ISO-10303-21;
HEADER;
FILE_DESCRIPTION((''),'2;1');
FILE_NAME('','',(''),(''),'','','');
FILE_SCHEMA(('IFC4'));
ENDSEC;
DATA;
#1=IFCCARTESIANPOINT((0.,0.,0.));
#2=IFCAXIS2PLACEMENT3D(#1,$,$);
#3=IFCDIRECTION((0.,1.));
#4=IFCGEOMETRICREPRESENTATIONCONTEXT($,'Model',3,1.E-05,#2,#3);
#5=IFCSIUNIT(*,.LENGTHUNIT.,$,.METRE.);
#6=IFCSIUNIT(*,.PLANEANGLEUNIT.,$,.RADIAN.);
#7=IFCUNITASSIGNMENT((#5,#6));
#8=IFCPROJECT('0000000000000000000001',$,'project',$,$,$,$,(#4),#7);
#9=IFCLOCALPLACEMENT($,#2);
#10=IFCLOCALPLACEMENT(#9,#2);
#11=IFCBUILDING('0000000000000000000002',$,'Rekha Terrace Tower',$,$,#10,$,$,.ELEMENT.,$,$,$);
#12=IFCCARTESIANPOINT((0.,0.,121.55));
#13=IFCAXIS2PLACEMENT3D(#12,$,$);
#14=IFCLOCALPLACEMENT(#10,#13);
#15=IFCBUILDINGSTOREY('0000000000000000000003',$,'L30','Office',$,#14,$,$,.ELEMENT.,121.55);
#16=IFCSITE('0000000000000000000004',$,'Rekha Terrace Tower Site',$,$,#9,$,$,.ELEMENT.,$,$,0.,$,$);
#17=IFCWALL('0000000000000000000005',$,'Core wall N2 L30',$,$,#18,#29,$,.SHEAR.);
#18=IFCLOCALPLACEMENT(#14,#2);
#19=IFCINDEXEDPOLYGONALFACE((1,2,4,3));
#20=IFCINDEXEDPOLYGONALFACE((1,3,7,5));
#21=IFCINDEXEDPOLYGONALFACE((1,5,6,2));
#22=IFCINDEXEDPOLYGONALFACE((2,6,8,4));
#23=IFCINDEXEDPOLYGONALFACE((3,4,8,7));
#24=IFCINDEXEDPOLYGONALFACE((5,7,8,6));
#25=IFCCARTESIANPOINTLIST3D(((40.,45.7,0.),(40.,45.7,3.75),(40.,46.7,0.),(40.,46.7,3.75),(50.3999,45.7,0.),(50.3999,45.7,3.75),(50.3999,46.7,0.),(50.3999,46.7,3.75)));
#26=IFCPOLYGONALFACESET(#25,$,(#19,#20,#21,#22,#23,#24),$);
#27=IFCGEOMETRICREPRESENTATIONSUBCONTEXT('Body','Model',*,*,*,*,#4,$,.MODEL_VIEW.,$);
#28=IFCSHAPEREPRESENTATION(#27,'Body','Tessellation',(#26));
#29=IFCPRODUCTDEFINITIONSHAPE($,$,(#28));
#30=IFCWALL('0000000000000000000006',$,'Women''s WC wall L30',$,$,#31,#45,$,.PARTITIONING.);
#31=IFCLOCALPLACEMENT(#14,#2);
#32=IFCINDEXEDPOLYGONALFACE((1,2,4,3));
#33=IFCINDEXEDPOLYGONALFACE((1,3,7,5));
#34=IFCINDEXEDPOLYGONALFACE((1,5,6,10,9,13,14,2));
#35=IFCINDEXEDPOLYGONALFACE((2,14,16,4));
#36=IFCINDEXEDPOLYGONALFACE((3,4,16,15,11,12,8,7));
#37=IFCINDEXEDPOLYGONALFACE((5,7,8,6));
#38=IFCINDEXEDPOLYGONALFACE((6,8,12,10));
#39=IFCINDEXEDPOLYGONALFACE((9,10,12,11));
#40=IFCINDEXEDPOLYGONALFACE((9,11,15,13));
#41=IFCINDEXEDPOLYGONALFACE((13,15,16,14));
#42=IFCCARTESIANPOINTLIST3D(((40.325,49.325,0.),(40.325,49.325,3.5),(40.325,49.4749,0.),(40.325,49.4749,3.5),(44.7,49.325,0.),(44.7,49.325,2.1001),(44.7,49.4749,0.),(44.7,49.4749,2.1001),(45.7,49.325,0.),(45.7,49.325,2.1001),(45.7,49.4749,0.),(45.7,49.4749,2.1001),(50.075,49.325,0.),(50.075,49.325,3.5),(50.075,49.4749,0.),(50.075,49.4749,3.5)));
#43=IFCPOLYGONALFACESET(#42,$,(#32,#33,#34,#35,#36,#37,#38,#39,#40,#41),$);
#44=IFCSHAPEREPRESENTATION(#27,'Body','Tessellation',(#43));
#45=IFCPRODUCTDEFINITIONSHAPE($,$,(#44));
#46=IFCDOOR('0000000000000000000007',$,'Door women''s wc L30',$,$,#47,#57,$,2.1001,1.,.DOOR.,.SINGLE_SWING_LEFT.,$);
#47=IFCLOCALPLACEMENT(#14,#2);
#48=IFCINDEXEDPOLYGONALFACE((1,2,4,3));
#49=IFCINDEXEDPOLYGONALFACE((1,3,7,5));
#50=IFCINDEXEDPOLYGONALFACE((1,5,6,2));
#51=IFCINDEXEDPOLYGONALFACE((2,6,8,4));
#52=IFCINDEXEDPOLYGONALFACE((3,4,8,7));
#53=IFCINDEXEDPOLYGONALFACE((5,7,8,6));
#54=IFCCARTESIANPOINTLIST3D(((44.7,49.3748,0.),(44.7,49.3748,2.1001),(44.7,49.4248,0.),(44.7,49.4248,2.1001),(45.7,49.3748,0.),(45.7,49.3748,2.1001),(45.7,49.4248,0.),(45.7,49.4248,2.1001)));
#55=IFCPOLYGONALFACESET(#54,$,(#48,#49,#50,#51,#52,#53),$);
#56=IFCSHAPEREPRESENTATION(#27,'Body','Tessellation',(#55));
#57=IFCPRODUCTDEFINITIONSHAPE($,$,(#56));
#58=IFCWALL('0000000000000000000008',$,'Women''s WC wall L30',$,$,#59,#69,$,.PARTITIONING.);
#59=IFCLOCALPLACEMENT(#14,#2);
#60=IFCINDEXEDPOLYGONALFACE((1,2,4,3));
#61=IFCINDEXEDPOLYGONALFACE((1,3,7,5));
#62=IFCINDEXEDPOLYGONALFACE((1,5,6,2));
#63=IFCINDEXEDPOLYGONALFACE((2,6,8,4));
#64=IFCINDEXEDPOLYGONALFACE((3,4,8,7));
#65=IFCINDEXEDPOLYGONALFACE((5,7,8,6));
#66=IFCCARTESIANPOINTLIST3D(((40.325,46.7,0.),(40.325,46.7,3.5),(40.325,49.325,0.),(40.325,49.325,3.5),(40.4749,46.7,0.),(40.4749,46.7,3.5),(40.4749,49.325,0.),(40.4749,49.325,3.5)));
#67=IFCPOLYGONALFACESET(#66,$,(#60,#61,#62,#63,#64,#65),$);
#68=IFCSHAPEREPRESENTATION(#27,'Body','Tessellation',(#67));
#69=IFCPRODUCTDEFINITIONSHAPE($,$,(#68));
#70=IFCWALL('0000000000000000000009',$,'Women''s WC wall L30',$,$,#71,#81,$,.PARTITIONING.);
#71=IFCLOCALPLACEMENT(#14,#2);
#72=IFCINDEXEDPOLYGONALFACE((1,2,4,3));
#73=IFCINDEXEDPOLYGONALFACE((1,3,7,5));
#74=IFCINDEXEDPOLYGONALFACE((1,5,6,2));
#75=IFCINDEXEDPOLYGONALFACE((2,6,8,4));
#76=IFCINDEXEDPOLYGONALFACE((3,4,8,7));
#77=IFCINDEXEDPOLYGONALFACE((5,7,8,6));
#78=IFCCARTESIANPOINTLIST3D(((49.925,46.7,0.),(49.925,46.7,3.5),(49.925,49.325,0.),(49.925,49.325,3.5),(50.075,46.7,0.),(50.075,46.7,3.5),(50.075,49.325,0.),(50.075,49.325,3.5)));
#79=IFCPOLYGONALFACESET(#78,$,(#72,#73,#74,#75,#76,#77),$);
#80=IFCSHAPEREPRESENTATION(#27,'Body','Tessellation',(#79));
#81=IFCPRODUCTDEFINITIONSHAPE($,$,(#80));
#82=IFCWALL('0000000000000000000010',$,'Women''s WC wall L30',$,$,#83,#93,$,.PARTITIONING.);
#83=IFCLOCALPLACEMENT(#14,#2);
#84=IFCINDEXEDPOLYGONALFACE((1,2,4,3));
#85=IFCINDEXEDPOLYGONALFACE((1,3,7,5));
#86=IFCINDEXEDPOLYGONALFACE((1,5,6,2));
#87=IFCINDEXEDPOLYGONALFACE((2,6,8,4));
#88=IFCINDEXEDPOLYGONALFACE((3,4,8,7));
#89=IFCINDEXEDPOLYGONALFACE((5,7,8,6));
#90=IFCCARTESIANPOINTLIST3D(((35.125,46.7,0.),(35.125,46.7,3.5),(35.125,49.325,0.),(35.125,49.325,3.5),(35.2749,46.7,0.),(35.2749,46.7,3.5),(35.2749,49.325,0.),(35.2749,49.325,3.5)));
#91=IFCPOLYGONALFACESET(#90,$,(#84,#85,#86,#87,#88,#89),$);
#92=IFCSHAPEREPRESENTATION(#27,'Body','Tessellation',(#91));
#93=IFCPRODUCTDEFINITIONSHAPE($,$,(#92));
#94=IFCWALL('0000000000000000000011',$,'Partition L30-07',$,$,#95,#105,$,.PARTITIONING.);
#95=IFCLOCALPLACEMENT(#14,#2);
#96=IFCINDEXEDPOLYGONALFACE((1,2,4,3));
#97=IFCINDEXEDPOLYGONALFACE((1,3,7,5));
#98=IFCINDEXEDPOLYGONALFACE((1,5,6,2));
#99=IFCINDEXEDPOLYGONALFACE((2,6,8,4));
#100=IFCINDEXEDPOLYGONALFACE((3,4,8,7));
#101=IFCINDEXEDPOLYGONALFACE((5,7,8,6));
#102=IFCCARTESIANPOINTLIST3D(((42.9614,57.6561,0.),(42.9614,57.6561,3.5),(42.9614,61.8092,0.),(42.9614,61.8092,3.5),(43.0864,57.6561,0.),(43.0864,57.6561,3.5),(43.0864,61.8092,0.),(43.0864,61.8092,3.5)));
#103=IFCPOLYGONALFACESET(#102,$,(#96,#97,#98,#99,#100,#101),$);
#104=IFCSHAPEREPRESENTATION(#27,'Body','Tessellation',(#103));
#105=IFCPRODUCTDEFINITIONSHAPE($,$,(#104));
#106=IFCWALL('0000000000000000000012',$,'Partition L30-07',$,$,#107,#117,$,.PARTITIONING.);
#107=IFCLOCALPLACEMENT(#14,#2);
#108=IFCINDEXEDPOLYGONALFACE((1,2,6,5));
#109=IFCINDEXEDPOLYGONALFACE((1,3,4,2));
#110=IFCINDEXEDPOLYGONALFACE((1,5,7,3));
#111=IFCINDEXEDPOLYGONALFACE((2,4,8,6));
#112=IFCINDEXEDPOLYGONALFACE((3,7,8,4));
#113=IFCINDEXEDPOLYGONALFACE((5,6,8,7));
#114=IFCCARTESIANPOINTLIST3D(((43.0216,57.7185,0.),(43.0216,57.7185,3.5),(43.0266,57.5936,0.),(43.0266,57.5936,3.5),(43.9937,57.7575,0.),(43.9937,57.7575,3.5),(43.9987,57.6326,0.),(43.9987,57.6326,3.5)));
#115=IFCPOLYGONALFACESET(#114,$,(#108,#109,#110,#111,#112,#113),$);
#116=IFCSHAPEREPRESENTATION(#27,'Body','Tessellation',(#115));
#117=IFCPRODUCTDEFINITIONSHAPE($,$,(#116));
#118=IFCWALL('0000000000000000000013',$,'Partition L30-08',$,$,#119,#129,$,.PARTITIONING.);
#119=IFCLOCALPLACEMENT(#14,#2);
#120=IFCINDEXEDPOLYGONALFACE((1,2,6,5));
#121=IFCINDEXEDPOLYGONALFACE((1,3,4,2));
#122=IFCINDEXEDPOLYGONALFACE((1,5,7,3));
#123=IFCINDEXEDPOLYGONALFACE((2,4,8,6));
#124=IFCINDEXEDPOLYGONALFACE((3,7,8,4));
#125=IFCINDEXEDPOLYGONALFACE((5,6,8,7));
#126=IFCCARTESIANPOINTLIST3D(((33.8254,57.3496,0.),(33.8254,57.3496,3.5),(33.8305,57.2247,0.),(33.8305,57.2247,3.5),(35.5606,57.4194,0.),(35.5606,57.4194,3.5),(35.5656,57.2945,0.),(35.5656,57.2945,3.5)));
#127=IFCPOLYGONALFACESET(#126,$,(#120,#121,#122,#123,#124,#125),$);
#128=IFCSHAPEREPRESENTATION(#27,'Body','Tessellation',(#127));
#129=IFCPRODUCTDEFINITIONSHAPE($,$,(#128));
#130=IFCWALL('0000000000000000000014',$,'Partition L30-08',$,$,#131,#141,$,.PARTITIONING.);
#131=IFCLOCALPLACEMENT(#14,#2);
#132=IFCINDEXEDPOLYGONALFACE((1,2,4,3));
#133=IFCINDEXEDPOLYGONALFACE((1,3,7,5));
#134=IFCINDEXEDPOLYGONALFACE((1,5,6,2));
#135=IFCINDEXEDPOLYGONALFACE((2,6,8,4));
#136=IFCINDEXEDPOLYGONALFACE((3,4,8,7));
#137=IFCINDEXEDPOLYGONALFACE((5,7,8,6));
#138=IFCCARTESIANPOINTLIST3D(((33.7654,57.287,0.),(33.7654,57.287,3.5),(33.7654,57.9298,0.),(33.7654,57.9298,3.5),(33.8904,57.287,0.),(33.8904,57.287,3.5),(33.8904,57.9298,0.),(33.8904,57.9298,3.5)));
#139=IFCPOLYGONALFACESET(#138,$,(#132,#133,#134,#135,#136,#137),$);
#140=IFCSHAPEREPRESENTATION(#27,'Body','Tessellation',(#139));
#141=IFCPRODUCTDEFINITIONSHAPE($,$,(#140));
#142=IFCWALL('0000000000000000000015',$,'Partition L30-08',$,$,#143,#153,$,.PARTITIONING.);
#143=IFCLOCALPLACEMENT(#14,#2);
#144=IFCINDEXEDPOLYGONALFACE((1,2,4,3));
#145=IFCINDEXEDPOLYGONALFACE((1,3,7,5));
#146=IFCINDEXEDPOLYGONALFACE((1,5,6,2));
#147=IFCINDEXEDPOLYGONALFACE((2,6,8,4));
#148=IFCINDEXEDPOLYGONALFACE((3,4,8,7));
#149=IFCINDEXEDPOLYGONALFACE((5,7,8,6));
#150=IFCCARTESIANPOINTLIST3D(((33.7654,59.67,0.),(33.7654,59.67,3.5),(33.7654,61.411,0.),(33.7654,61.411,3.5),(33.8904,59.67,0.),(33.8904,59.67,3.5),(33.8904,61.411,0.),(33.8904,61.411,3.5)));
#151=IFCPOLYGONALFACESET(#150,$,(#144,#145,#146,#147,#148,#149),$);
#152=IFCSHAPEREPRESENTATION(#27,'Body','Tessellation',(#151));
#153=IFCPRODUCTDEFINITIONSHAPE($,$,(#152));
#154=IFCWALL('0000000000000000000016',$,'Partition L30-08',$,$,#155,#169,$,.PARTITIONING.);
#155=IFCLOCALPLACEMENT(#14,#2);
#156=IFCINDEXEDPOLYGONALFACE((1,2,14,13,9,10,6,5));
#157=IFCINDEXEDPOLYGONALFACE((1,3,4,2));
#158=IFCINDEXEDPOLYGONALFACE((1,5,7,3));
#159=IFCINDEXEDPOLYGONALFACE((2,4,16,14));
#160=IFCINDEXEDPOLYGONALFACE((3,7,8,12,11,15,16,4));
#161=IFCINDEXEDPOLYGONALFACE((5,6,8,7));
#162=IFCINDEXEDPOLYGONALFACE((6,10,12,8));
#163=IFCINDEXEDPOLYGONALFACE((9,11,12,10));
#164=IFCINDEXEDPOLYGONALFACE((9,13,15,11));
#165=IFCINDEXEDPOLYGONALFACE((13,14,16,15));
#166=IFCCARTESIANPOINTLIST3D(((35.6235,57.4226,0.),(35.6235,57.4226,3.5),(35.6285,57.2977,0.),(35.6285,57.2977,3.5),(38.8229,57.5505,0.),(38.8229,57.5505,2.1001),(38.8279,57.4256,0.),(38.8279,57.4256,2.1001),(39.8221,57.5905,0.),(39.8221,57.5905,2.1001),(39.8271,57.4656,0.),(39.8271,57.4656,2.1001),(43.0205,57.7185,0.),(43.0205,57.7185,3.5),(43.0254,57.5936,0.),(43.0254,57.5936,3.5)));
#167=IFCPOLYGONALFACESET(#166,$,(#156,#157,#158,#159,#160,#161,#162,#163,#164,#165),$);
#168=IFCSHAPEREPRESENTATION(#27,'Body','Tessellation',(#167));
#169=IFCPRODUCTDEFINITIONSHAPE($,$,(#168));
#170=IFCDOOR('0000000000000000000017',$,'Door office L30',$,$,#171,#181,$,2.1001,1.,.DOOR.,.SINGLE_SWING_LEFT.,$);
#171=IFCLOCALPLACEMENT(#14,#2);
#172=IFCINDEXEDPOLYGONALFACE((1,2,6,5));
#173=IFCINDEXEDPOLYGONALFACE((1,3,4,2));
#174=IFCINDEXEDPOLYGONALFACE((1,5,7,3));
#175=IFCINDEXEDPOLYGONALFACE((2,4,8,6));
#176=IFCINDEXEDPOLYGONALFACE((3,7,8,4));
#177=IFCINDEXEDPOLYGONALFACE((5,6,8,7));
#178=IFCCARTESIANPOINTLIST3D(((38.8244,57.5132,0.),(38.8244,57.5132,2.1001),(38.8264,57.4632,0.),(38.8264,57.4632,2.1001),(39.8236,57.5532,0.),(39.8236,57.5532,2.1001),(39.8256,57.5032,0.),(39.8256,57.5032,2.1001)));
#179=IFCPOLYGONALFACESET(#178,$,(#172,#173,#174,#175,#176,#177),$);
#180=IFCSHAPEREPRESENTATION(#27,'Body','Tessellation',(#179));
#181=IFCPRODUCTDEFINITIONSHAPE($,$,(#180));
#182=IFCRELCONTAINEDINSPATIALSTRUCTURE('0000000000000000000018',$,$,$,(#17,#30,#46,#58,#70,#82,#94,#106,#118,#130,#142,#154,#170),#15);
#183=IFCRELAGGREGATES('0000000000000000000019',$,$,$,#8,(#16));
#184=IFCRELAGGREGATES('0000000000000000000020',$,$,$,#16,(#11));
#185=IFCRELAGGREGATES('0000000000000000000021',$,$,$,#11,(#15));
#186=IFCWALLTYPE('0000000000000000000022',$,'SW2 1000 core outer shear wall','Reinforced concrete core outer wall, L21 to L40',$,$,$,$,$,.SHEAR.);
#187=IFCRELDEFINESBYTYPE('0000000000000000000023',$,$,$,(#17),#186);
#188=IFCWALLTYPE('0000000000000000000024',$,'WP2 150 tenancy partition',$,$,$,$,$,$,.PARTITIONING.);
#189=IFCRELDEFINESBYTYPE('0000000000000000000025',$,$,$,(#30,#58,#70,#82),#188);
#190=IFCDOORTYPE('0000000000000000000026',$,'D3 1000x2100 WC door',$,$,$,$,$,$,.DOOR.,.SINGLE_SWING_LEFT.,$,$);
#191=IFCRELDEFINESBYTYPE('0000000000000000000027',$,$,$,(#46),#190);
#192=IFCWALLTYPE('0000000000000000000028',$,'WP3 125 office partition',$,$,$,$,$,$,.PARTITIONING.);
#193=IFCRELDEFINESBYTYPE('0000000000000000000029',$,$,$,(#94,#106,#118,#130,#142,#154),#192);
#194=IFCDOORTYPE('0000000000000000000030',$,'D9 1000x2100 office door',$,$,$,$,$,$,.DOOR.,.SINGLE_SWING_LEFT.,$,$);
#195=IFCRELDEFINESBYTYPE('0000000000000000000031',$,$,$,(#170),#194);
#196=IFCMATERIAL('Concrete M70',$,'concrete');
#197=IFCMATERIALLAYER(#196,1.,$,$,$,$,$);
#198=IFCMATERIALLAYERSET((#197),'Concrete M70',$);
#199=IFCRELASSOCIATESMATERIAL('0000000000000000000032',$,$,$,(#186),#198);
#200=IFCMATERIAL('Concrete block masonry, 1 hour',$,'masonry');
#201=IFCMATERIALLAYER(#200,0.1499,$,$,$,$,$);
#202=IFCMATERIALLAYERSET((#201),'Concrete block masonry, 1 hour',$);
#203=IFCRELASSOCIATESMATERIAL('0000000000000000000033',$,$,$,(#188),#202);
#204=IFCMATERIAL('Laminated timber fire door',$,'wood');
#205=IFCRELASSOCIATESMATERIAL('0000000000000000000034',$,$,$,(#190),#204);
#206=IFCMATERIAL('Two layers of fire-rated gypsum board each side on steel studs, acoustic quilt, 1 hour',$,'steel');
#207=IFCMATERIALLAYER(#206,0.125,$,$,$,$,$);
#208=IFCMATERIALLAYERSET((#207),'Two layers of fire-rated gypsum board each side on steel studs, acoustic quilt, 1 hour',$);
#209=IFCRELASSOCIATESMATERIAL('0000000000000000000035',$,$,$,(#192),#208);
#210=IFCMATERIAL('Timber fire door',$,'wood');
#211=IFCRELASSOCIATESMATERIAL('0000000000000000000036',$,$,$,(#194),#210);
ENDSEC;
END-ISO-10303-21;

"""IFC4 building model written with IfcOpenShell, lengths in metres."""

from ifc_helpers import new_model, si_unit, direction, frame, frame_2d, origin, place, context, subcontext, project, spatial, rectangle, extrude, material, layer, layer_set, type_object, element, fill, save


model = new_model("IFC4")

# Units and contexts
model_context = context("Model", 3, precision=1e-05, world=origin(), true_north=direction((0.0, 1.0)))
body_context = subcontext(model_context, "Body", "Model", "MODEL_VIEW")
ifc_project = project(units=[si_unit("LENGTHUNIT", "METRE"), si_unit("PLANEANGLEUNIT", "RADIAN")], contexts=[model_context])

# Site, building, storey
site_placement = place(None, origin())
site = spatial("IfcSite", under=ifc_project, at=site_placement, Name="Rekha Terrace Tower Site", CompositionType="ELEMENT", RefElevation=0.0)
building_placement = place(site_placement, origin())
building = spatial("IfcBuilding", under=site, at=building_placement, Name="Rekha Terrace Tower", CompositionType="ELEMENT")
storey_placement = place(building_placement, frame((0.0, 0.0, 121.55)))
storey = spatial("IfcBuildingStorey", under=building, at=storey_placement, Name="L30", Description="Office", CompositionType="ELEMENT", Elevation=121.55)

# Shared definitions
ifc_material_1 = material(Name="Concrete M70", Category="concrete")

# Wall
ifc_layer_1 = layer(ifc_material_1, 1.0)
ifc_layer_set_1 = layer_set([ifc_layer_1], Name="Concrete M70")
wall_type_1 = type_object("IfcWallType", Name="SW2 1000 core outer shear wall", Description="Reinforced concrete core outer wall, L21 to L40", PredefinedType="SHEAR", material=ifc_layer_set_1)
wall_1_placement = place(storey_placement, frame((40.0, 46.2, 0.0), z_axis=(0.0, 0.0, 1.0), x_axis=(1.0, 0.0, 0.0)))
element("IfcWall", 1, at=wall_1_placement, inside=storey, type_object=wall_type_1, Name="Core wall N2 L30", PredefinedType="SHEAR", context=body_context, shape_type="SweptSolid", body=[
    extrude(rectangle(XDim=10.3999, YDim=1.0, at=frame_2d((5.2, 0.0))), origin(), (0.0, 0.0, 1.0), 3.75),
])

# Wall, opening, door
ifc_material_2 = material(Name="Concrete block masonry, 1 hour", Category="masonry")
ifc_layer_2 = layer(ifc_material_2, 0.1499)
ifc_layer_set_2 = layer_set([ifc_layer_2], Name="Concrete block masonry, 1 hour")
wall_type_2 = type_object("IfcWallType", Name="WP2 150 tenancy partition", PredefinedType="PARTITIONING", material=ifc_layer_set_2)
wall_2_placement = place(storey_placement, frame((40.325, 49.3999, 0.0), z_axis=(0.0, 0.0, 1.0), x_axis=(1.0, 0.0, 0.0)))
wall_2 = element("IfcWall", 2, at=wall_2_placement, inside=storey, type_object=wall_type_2, Name="Women's WC wall L30", PredefinedType="PARTITIONING", context=body_context, shape_type="SweptSolid", body=[
    extrude(rectangle(XDim=9.75, YDim=0.1499, at=frame_2d((4.875, 0.0))), origin(), (0.0, 0.0, 1.0), 3.5),
])
opening_1_placement = place(wall_2_placement, frame((4.375, 0.0, 0.0)))
opening_1 = element("IfcOpeningElement", 3, at=opening_1_placement, cuts=wall_2, PredefinedType="OPENING", context=body_context, shape_type="SweptSolid", body=[
    extrude(rectangle(XDim=1.0, YDim=2.1001, at=frame_2d((0.5, 1.05))), frame((0.0, 0.085, 0.0), z_axis=(0.0, -1.0, 0.0), x_axis=(1.0, 0.0, 0.0)), (0.0, 0.0, 1.0), 0.1699),
])
ifc_material_3 = material(Name="Laminated timber fire door", Category="wood")
door_type_1 = type_object("IfcDoorType", Name="D3 1000x2100 WC door", OperationType="SINGLE_SWING_LEFT", PredefinedType="DOOR", material=ifc_material_3)
door_1_placement = place(opening_1_placement, origin())
door_1 = element("IfcDoor", 4, at=door_1_placement, inside=storey, type_object=door_type_1, Name="Door women's wc L30", OperationType="SINGLE_SWING_LEFT", OverallHeight=2.1001, OverallWidth=1.0, PredefinedType="DOOR", context=body_context, shape_type="SweptSolid", body=[
    extrude(rectangle(XDim=1.0, YDim=2.1001, at=frame_2d((0.5, 1.05))), frame((0.0, 0.0249, 0.0), z_axis=(0.0, -1.0, 0.0), x_axis=(1.0, 0.0, 0.0)), (0.0, 0.0, 1.0), 0.05),
])
fill(opening_1, door_1)

# Walls
for number, where, z_axis, x_axis, name in (
    (5, (40.3999, 46.7, 0.0), (0.0, 0.0, 1.0), (0.0, 1.0, 0.0), "Women's WC wall L30"),
    (6, (50.0, 46.7, 0.0), (0.0, 0.0, 1.0), (0.0, 1.0, 0.0), "Women's WC wall L30"),
    (7, (35.2, 46.7, 0.0), (0.0, 0.0, 1.0), (0.0, 1.0, 0.0), "Women's WC wall L30"),
):
    element("IfcWall", number, at=place(storey_placement, frame(where, z_axis=z_axis, x_axis=x_axis)), inside=storey, type_object=wall_type_2, Name=name, PredefinedType="PARTITIONING", context=body_context, shape_type="SweptSolid", body=[
        extrude(rectangle(XDim=2.625, YDim=0.1499, at=frame_2d((1.3125, 0.0))), origin(), (0.0, 0.0, 1.0), 3.5),
    ])
ifc_material_4 = material(Name="Two layers of fire-rated gypsum board each side on steel studs, acoustic quilt, 1 hour", Category="steel")
ifc_layer_3 = layer(ifc_material_4, 0.125)
ifc_layer_set_3 = layer_set([ifc_layer_3], Name="Two layers of fire-rated gypsum board each side on steel studs, acoustic quilt, 1 hour")
wall_type_3 = type_object("IfcWallType", Name="WP3 125 office partition", PredefinedType="PARTITIONING", material=ifc_layer_set_3)
wall_3_placement = place(storey_placement, frame((43.0239, 57.656, 0.0), z_axis=(0.0, 0.0, 1.0), x_axis=(0.0, 1.0, 0.0)))
element("IfcWall", 8, at=wall_3_placement, inside=storey, type_object=wall_type_3, Name="Partition L30-07", PredefinedType="PARTITIONING", context=body_context, shape_type="SweptSolid", body=[
    extrude(rectangle(XDim=4.1531, YDim=0.125, at=frame_2d((2.0767, 0.0))), origin(), (0.0, 0.0, 1.0), 3.5),
])
wall_4_placement = place(storey_placement, frame((43.9961, 57.6951, 0.0), z_axis=(0.0, 0.0, 1.0), x_axis=(-0.999194, -0.040148, 0.0)))
element("IfcWall", 9, at=wall_4_placement, inside=storey, type_object=wall_type_3, Name="Partition L30-07", PredefinedType="PARTITIONING", context=body_context, shape_type="SweptSolid", body=[
    extrude(rectangle(XDim=0.9729, YDim=0.125, at=frame_2d((0.4863, 0.0))), origin(), (0.0, 0.0, 1.0), 3.5),
])
wall_5_placement = place(storey_placement, frame((35.563, 57.3569, 0.0), z_axis=(0.0, 0.0, 1.0), x_axis=(-0.999191, -0.040209, 0.0)))
element("IfcWall", 10, at=wall_5_placement, inside=storey, type_object=wall_type_3, Name="Partition L30-08", PredefinedType="PARTITIONING", context=body_context, shape_type="SweptSolid", body=[
    extrude(rectangle(XDim=1.7366, YDim=0.125, at=frame_2d((0.8682, 0.0))), origin(), (0.0, 0.0, 1.0), 3.5),
])
wall_6_placement = place(storey_placement, frame((33.8279, 57.2871, 0.0), z_axis=(0.0, 0.0, 1.0), x_axis=(0.0, 1.0, 0.0)))
element("IfcWall", 11, at=wall_6_placement, inside=storey, type_object=wall_type_3, Name="Partition L30-08", PredefinedType="PARTITIONING", context=body_context, shape_type="SweptSolid", body=[
    extrude(rectangle(XDim=0.6428, YDim=0.125, at=frame_2d((0.3213, 0.0))), origin(), (0.0, 0.0, 1.0), 3.5),
])
wall_7_placement = place(storey_placement, frame((33.8279, 59.6699, 0.0), z_axis=(0.0, 0.0, 1.0), x_axis=(0.0, 1.0, 0.0)))
element("IfcWall", 12, at=wall_7_placement, inside=storey, type_object=wall_type_3, Name="Partition L30-08", PredefinedType="PARTITIONING", context=body_context, shape_type="SweptSolid", body=[
    extrude(rectangle(XDim=1.741, YDim=0.125, at=frame_2d((0.8706, 0.0))), origin(), (0.0, 0.0, 1.0), 3.5),
])

# Wall, opening, door
wall_8_placement = place(storey_placement, frame((43.0229, 57.656, 0.0), z_axis=(0.0, 0.0, 1.0), x_axis=(-0.999201, -0.039971, 0.0)))
wall_8 = element("IfcWall", 13, at=wall_8_placement, inside=storey, type_object=wall_type_3, Name="Partition L30-08", PredefinedType="PARTITIONING", context=body_context, shape_type="SweptSolid", body=[
    extrude(rectangle(XDim=7.4028, YDim=0.125, at=frame_2d((3.7014, 0.0))), origin(), (0.0, 0.0, 1.0), 3.5),
])
opening_2_placement = place(wall_8_placement, frame((3.2009, 0.0, 0.0)))
opening_2 = element("IfcOpeningElement", 14, at=opening_2_placement, cuts=wall_8, PredefinedType="OPENING", context=body_context, shape_type="SweptSolid", body=[
    extrude(rectangle(XDim=1.0, YDim=2.1001, at=frame_2d((0.5, 1.05))), frame((0.0, 0.0725, 0.0), z_axis=(0.0, -1.0, 0.0), x_axis=(1.0, 0.0, 0.0)), (0.0, 0.0, 1.0), 0.145),
])
ifc_material_5 = material(Name="Timber fire door", Category="wood")
door_type_2 = type_object("IfcDoorType", Name="D9 1000x2100 office door", OperationType="SINGLE_SWING_LEFT", PredefinedType="DOOR", material=ifc_material_5)
door_2_placement = place(opening_2_placement, origin())
door_2 = element("IfcDoor", 15, at=door_2_placement, inside=storey, type_object=door_type_2, Name="Door office L30", OperationType="SINGLE_SWING_LEFT", OverallHeight=2.1001, OverallWidth=1.0, PredefinedType="DOOR", context=body_context, shape_type="SweptSolid", body=[
    extrude(rectangle(XDim=1.0, YDim=2.1001, at=frame_2d((0.5, 1.05))), frame((0.0, 0.0249, 0.0), z_axis=(0.0, -1.0, 0.0), x_axis=(1.0, 0.0, 0.0)), (0.0, 0.0, 1.0), 0.05),
])
fill(opening_2, door_2)

save(model, "model.ifc")
